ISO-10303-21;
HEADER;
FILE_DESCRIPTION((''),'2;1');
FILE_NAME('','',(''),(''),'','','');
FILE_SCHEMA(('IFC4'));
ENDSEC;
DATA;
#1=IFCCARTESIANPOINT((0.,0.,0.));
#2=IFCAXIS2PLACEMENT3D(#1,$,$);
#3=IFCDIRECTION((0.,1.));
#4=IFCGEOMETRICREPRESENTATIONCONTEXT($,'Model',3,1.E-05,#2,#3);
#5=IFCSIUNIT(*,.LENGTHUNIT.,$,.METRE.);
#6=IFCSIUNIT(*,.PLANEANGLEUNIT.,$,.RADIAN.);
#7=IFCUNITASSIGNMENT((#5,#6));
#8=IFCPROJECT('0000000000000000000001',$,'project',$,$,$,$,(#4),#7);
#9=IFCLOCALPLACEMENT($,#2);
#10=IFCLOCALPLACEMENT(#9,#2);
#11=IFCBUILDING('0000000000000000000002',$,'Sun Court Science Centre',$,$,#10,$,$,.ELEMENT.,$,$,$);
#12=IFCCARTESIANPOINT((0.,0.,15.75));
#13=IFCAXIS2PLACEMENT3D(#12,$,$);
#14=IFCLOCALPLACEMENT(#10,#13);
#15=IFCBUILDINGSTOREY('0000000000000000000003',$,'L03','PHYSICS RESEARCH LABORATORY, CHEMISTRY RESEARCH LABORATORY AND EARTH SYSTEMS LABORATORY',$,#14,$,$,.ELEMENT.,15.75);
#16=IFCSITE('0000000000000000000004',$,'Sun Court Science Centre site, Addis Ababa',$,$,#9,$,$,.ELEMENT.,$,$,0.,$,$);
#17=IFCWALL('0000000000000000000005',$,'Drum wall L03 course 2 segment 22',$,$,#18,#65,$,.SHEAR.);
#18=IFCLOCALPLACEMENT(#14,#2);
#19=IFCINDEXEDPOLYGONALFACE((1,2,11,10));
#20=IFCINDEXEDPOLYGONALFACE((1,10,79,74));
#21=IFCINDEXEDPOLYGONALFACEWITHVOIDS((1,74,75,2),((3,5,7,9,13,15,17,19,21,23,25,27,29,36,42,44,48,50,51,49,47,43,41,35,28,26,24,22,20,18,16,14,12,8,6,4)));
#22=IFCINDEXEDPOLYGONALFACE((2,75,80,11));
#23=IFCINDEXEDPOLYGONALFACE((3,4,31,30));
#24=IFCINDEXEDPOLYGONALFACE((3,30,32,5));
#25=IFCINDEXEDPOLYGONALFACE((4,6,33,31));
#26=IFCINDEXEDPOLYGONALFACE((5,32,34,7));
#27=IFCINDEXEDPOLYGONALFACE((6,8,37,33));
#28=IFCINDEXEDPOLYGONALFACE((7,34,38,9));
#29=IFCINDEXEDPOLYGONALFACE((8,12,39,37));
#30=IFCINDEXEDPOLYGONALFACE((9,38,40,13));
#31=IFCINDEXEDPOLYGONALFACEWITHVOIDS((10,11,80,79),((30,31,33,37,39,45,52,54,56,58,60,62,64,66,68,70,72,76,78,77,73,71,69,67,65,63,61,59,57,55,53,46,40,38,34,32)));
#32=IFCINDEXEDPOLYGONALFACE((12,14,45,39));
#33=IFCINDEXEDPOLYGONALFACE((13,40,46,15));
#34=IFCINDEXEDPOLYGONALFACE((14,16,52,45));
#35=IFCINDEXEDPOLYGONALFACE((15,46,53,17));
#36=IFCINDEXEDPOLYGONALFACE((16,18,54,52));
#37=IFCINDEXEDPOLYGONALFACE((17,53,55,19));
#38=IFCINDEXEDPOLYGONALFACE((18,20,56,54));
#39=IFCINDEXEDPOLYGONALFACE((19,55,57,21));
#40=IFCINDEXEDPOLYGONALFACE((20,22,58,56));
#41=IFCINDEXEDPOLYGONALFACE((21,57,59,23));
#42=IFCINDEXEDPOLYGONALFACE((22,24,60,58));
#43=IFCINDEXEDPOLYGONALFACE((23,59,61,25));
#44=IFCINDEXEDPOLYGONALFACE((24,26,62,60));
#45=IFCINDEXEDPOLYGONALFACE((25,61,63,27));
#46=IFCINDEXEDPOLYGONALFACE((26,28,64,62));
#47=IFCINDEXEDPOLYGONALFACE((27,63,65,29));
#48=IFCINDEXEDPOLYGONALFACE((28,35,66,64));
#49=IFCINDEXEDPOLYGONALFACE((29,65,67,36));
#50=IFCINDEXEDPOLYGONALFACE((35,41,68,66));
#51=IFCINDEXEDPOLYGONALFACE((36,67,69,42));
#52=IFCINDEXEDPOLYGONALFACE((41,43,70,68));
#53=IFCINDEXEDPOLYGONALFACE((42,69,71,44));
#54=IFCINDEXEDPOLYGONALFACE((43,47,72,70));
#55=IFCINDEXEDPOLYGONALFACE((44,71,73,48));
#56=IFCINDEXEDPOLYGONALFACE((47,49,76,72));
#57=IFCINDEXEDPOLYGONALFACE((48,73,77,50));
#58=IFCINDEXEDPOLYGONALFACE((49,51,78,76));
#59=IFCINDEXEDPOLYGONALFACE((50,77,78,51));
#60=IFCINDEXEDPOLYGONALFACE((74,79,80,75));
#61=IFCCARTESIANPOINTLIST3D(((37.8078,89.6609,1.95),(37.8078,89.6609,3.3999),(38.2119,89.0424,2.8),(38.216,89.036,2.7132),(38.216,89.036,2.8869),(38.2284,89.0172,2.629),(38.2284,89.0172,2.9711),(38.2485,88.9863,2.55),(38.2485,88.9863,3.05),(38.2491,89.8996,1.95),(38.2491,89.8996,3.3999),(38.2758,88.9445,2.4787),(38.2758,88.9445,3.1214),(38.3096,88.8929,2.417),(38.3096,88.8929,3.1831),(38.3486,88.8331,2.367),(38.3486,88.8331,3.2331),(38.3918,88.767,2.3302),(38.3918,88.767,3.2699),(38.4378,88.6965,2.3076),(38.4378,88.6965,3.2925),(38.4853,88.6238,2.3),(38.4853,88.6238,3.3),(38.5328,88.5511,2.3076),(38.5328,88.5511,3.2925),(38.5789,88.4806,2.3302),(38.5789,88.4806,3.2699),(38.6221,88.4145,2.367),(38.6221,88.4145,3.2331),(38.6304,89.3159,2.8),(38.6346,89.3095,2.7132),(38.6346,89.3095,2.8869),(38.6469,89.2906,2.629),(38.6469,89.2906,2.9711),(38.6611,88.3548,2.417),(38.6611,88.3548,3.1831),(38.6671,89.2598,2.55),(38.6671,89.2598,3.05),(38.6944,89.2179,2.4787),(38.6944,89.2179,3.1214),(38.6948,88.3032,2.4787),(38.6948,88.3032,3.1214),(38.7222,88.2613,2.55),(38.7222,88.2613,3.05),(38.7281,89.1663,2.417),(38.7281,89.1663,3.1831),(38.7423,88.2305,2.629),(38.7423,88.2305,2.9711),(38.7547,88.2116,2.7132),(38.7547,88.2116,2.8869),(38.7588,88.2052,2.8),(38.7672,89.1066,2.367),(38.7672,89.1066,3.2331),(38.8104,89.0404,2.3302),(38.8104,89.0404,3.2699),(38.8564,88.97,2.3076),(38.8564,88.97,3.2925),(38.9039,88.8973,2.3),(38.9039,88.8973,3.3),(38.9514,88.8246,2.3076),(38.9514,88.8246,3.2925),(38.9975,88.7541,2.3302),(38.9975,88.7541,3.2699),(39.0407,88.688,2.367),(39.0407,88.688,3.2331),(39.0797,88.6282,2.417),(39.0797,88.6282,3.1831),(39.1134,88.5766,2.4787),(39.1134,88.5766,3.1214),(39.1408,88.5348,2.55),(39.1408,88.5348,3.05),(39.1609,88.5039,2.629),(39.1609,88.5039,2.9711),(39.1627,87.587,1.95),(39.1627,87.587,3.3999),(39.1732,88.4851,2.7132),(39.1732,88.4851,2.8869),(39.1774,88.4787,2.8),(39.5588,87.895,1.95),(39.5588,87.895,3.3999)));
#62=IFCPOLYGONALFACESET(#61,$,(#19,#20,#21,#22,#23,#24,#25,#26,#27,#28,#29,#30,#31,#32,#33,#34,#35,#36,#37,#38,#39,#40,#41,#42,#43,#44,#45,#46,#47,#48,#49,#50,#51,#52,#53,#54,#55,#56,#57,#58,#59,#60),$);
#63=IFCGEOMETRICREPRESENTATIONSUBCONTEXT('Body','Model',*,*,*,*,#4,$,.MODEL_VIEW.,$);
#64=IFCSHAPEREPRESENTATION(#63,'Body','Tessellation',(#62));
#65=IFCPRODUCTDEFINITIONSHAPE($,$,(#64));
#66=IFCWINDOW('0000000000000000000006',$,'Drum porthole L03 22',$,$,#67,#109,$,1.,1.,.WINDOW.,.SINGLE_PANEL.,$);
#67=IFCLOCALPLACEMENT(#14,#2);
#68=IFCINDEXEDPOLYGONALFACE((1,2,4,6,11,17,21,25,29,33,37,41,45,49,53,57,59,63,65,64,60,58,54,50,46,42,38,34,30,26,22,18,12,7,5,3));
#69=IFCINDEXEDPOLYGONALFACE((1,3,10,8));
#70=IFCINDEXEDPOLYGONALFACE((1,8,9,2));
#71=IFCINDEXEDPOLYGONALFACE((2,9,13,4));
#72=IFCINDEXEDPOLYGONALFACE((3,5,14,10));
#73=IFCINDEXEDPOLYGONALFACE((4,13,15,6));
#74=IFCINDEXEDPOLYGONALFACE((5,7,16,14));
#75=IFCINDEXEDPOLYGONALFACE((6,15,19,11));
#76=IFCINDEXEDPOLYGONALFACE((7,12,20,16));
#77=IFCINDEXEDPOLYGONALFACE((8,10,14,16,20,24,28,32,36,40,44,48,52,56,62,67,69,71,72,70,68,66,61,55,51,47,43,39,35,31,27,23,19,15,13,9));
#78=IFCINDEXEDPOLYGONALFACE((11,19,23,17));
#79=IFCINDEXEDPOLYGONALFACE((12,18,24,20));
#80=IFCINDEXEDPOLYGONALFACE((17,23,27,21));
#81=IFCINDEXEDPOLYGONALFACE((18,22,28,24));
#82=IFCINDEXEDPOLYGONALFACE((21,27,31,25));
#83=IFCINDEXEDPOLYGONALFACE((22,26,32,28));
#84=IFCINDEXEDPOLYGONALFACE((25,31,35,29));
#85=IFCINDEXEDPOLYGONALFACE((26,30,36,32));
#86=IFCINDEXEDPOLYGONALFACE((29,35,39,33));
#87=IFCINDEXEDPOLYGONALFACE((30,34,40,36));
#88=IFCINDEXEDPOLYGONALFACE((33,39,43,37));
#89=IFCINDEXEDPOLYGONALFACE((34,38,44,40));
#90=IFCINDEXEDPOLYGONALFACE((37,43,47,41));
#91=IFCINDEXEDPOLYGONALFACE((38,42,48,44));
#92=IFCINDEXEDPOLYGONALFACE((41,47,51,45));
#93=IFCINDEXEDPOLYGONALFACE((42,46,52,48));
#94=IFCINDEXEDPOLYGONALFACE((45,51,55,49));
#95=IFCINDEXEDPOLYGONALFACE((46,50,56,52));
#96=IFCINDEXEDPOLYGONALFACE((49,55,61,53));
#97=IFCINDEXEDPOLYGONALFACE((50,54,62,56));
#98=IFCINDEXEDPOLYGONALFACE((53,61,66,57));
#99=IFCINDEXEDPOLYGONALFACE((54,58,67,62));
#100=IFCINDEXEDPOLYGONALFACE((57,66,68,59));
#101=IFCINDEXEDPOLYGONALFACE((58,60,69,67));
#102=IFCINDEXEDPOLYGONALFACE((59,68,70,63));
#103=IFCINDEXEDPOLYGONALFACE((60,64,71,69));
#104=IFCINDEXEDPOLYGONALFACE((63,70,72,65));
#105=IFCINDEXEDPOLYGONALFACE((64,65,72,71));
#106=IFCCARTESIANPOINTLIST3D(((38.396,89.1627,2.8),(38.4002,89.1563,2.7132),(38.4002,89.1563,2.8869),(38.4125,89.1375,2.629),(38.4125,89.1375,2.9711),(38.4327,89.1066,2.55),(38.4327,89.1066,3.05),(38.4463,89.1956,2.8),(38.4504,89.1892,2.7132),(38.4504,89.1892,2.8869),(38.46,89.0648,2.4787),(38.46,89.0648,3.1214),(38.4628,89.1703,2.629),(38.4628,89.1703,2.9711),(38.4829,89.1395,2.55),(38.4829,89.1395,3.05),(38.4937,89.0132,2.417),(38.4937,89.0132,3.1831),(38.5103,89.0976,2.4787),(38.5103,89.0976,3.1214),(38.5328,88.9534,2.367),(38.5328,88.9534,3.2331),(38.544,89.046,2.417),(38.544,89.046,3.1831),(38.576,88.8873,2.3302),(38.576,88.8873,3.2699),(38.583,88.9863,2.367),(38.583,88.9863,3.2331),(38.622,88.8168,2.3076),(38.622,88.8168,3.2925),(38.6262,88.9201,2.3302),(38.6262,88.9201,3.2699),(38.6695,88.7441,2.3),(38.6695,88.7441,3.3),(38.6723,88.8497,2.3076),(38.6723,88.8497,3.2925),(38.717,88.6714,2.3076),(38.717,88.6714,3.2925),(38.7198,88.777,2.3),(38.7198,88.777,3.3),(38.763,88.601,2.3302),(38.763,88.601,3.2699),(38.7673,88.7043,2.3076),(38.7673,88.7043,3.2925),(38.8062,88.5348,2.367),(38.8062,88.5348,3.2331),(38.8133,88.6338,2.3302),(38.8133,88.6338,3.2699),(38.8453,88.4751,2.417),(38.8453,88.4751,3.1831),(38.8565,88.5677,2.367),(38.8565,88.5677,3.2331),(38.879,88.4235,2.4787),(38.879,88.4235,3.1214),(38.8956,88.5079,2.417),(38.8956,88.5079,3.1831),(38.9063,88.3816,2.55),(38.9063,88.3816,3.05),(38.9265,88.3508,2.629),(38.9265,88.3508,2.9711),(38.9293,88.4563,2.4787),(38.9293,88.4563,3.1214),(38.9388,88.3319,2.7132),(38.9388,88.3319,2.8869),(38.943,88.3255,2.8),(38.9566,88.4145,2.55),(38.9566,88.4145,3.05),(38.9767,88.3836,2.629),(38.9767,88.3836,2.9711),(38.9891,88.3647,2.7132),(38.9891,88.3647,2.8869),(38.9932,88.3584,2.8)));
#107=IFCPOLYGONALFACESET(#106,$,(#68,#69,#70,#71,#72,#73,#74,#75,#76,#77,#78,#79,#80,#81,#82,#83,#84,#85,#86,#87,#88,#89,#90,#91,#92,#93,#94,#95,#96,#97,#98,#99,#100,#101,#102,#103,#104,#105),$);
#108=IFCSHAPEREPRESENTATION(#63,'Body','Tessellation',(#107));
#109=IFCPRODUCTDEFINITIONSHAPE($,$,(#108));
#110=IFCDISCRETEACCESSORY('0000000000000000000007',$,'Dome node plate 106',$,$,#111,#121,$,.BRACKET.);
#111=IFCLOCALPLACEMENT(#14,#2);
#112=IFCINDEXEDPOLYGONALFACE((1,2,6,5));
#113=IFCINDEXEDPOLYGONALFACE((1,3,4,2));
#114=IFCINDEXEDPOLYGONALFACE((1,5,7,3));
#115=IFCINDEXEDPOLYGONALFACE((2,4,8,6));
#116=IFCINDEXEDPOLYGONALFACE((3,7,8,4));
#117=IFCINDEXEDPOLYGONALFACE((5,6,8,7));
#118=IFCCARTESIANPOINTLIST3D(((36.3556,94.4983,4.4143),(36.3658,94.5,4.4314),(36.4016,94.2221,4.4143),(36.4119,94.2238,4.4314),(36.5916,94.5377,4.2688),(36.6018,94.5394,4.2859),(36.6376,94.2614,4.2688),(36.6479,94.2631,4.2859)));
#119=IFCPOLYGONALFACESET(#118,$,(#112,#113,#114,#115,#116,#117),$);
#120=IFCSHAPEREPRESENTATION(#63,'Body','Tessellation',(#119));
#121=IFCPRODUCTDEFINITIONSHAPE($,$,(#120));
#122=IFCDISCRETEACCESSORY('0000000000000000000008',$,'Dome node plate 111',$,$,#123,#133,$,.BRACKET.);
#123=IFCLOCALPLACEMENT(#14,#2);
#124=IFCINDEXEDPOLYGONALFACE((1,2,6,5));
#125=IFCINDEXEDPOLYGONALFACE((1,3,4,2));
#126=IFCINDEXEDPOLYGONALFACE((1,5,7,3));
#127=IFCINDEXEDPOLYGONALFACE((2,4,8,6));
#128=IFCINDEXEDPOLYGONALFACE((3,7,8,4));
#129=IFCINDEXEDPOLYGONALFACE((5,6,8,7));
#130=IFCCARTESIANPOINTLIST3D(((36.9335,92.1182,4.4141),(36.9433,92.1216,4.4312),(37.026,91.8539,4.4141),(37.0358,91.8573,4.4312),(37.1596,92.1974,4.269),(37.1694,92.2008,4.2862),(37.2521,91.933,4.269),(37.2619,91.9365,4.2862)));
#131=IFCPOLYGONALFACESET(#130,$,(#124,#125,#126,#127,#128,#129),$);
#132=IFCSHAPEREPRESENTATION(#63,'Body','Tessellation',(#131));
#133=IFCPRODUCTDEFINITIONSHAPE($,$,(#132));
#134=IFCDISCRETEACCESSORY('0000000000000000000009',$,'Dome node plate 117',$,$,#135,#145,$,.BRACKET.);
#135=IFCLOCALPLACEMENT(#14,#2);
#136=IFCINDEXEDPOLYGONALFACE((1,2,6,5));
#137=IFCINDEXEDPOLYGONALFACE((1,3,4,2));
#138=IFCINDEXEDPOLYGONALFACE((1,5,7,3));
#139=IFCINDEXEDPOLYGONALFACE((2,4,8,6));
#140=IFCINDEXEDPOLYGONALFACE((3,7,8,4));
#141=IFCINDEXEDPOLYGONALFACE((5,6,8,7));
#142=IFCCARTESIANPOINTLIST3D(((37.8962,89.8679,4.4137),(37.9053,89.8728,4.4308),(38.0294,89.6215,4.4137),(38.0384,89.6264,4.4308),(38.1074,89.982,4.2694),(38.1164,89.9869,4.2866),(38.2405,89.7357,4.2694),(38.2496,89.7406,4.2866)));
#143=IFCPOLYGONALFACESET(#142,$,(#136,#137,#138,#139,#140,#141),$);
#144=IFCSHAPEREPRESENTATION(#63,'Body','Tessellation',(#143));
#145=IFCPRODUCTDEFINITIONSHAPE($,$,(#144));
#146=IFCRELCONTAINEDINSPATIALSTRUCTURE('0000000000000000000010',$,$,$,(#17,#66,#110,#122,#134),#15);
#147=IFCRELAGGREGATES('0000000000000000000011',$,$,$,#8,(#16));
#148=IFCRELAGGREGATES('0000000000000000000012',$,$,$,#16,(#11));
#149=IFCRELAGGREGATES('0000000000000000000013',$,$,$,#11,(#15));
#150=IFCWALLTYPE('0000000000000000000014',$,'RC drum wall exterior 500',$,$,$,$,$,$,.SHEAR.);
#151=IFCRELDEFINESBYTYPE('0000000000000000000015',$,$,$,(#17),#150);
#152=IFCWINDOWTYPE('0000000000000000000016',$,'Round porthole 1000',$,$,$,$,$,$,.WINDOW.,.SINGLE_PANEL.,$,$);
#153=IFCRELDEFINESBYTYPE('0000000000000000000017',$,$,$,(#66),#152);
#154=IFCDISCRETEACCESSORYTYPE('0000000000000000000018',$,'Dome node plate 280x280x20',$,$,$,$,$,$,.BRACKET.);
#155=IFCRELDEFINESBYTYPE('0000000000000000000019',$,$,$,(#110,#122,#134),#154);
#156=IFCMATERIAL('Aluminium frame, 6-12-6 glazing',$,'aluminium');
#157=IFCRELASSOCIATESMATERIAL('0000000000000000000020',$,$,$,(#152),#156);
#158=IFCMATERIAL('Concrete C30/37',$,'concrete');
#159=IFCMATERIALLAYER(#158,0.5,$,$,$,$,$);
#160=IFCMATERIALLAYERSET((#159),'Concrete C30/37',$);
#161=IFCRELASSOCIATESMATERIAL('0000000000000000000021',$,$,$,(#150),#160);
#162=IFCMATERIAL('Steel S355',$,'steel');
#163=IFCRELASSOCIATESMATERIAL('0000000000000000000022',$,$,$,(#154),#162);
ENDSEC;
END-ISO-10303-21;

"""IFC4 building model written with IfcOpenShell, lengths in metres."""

from ifc_helpers import new_model, si_unit, direction, frame, frame_2d, origin, origin_2d, place, context, subcontext, project, spatial, polyline, rectangle, circle, outline, extrude, material, layer, layer_set, material_profile, profile_set, type_object, element, fill, save


model = new_model("IFC4")

# Units and contexts
model_context = context("Model", 3, precision=1e-05, world=origin(), true_north=direction((0.0, 1.0)))
body_context = subcontext(model_context, "Body", "Model", "MODEL_VIEW")
ifc_project = project(units=[si_unit("LENGTHUNIT", "METRE"), si_unit("PLANEANGLEUNIT", "RADIAN")], contexts=[model_context])

# Site, building, storey
site_placement = place(None, origin())
site = spatial("IfcSite", under=ifc_project, at=site_placement, Name="Sun Court Science Centre site, Addis Ababa", CompositionType="ELEMENT", RefElevation=0.0)
building_placement = place(site_placement, origin())
building = spatial("IfcBuilding", under=site, at=building_placement, Name="Sun Court Science Centre", CompositionType="ELEMENT")
storey_placement = place(building_placement, frame((0.0, 0.0, 15.75)))
storey = spatial("IfcBuildingStorey", under=building, at=storey_placement, Name="L03", Description="PHYSICS RESEARCH LABORATORY, CHEMISTRY RESEARCH LABORATORY AND EARTH SYSTEMS LABORATORY", CompositionType="ELEMENT", Elevation=15.75)

# Shared definitions
ifc_material_1 = material(Name="Aluminium frame, 6-12-6 glazing", Category="aluminium")
window_type = type_object("IfcWindowType", Name="Round porthole 1000", PartitioningType="SINGLE_PANEL", PredefinedType="WINDOW", material=ifc_material_1)

# Shared definitions
ifc_material_2 = material(Name="Concrete C30/37", Category="concrete")
ifc_layer_1 = layer(ifc_material_2, 0.5)
ifc_layer_set_1 = layer_set([ifc_layer_1], Name="Concrete C30/37")
wall_type_1 = type_object("IfcWallType", Name="RC drum wall exterior 500", PredefinedType="SHEAR", material=ifc_layer_set_1)

# Wall, opening, window
wall_1_placement = place(storey_placement, frame((38.0171, 89.7976, 1.95), z_axis=(0.0, 0.0, 1.0), x_axis=(0.546944, -0.837169, 0.0)))
wall_1 = element("IfcWall", 1, at=wall_1_placement, inside=storey, type_object=wall_type_1, Name="Drum wall L03 course 2 segment 22", PredefinedType="SHEAR", context=body_context, shape_type="SweptSolid", body=[
    extrude(outline(polyline([(0.0, -0.25), (2.4773, -0.25), (2.436, 0.25), (0.0415, 0.25), (0.0, -0.25)])), origin(), (0.0, 0.0, 1.0), 1.45),
])
opening_1_placement = place(wall_1_placement, frame((0.7388, 0.0, 0.3501)))
opening_1 = element("IfcOpeningElement", 2, at=opening_1_placement, cuts=wall_1, PredefinedType="OPENING", context=body_context, shape_type="SweptSolid", body=[
    extrude(circle(Radius=0.5, at=frame_2d((0.5, 0.5))), frame((0.0, 0.26, 0.0), z_axis=(0.0, -1.0, 0.0), x_axis=(1.0, 0.0, 0.0)), (0.0, 0.0, 1.0), 0.52),
])
window_1_placement = place(opening_1_placement, origin())
window_1 = element("IfcWindow", 3, at=window_1_placement, inside=storey, type_object=window_type, Name="Drum porthole L03 22", OverallHeight=1.0, OverallWidth=1.0, PartitioningType="SINGLE_PANEL", PredefinedType="WINDOW", context=body_context, shape_type="SweptSolid", body=[
    extrude(circle(Radius=0.5, at=frame_2d((0.5, 0.5))), frame((0.0, 0.03, 0.0), z_axis=(0.0, -1.0, 0.0), x_axis=(1.0, 0.0, 0.0)), (0.0, 0.0, 1.0), 0.0601),
])
fill(opening_1, window_1)

# Discrete accessories
ifc_material_3 = material(Name="Steel S355", Category="steel")
ifc_material_profile_1 = material_profile(ifc_material_3, rectangle(XDim=0.28, YDim=0.28, at=origin_2d()), Name="PL 280x280")
ifc_profile_set_1 = profile_set([ifc_material_profile_1], Name="Steel S355")
discrete_accessory_type = type_object("IfcDiscreteAccessoryType", Name="Dome node plate 280x280x20", PredefinedType="BRACKET", material=ifc_profile_set_1)
for number, where, z_axis, x_axis, name in (
    (4, (36.4966, 94.3799, 4.3416), (0.512615, 0.085436, 0.854358), (-0.164399, 0.986394, 0.0), "Dome node plate 106"),
    (5, (37.0928, 92.0256, 4.3416), (0.488824, 0.171088, 0.855442), (-0.33035, 0.943858, 0.0), "Dome node plate 111"),
    (6, (38.0684, 89.8018, 4.3416), (0.453076, 0.244906, 0.857171), (-0.475517, 0.879707, 0.0), "Dome node plate 117"),
):
    element("IfcDiscreteAccessory", number, at=place(storey_placement, frame(where, z_axis=z_axis, x_axis=x_axis)), inside=storey, type_object=discrete_accessory_type, Name=name, PredefinedType="BRACKET", context=body_context, shape_type="SweptSolid", body=[
        extrude(rectangle(XDim=0.28, YDim=0.28, at=origin_2d()), origin(), (0.0, 0.0, 1.0), 0.02),
    ])

save(model, "model.ifc")
